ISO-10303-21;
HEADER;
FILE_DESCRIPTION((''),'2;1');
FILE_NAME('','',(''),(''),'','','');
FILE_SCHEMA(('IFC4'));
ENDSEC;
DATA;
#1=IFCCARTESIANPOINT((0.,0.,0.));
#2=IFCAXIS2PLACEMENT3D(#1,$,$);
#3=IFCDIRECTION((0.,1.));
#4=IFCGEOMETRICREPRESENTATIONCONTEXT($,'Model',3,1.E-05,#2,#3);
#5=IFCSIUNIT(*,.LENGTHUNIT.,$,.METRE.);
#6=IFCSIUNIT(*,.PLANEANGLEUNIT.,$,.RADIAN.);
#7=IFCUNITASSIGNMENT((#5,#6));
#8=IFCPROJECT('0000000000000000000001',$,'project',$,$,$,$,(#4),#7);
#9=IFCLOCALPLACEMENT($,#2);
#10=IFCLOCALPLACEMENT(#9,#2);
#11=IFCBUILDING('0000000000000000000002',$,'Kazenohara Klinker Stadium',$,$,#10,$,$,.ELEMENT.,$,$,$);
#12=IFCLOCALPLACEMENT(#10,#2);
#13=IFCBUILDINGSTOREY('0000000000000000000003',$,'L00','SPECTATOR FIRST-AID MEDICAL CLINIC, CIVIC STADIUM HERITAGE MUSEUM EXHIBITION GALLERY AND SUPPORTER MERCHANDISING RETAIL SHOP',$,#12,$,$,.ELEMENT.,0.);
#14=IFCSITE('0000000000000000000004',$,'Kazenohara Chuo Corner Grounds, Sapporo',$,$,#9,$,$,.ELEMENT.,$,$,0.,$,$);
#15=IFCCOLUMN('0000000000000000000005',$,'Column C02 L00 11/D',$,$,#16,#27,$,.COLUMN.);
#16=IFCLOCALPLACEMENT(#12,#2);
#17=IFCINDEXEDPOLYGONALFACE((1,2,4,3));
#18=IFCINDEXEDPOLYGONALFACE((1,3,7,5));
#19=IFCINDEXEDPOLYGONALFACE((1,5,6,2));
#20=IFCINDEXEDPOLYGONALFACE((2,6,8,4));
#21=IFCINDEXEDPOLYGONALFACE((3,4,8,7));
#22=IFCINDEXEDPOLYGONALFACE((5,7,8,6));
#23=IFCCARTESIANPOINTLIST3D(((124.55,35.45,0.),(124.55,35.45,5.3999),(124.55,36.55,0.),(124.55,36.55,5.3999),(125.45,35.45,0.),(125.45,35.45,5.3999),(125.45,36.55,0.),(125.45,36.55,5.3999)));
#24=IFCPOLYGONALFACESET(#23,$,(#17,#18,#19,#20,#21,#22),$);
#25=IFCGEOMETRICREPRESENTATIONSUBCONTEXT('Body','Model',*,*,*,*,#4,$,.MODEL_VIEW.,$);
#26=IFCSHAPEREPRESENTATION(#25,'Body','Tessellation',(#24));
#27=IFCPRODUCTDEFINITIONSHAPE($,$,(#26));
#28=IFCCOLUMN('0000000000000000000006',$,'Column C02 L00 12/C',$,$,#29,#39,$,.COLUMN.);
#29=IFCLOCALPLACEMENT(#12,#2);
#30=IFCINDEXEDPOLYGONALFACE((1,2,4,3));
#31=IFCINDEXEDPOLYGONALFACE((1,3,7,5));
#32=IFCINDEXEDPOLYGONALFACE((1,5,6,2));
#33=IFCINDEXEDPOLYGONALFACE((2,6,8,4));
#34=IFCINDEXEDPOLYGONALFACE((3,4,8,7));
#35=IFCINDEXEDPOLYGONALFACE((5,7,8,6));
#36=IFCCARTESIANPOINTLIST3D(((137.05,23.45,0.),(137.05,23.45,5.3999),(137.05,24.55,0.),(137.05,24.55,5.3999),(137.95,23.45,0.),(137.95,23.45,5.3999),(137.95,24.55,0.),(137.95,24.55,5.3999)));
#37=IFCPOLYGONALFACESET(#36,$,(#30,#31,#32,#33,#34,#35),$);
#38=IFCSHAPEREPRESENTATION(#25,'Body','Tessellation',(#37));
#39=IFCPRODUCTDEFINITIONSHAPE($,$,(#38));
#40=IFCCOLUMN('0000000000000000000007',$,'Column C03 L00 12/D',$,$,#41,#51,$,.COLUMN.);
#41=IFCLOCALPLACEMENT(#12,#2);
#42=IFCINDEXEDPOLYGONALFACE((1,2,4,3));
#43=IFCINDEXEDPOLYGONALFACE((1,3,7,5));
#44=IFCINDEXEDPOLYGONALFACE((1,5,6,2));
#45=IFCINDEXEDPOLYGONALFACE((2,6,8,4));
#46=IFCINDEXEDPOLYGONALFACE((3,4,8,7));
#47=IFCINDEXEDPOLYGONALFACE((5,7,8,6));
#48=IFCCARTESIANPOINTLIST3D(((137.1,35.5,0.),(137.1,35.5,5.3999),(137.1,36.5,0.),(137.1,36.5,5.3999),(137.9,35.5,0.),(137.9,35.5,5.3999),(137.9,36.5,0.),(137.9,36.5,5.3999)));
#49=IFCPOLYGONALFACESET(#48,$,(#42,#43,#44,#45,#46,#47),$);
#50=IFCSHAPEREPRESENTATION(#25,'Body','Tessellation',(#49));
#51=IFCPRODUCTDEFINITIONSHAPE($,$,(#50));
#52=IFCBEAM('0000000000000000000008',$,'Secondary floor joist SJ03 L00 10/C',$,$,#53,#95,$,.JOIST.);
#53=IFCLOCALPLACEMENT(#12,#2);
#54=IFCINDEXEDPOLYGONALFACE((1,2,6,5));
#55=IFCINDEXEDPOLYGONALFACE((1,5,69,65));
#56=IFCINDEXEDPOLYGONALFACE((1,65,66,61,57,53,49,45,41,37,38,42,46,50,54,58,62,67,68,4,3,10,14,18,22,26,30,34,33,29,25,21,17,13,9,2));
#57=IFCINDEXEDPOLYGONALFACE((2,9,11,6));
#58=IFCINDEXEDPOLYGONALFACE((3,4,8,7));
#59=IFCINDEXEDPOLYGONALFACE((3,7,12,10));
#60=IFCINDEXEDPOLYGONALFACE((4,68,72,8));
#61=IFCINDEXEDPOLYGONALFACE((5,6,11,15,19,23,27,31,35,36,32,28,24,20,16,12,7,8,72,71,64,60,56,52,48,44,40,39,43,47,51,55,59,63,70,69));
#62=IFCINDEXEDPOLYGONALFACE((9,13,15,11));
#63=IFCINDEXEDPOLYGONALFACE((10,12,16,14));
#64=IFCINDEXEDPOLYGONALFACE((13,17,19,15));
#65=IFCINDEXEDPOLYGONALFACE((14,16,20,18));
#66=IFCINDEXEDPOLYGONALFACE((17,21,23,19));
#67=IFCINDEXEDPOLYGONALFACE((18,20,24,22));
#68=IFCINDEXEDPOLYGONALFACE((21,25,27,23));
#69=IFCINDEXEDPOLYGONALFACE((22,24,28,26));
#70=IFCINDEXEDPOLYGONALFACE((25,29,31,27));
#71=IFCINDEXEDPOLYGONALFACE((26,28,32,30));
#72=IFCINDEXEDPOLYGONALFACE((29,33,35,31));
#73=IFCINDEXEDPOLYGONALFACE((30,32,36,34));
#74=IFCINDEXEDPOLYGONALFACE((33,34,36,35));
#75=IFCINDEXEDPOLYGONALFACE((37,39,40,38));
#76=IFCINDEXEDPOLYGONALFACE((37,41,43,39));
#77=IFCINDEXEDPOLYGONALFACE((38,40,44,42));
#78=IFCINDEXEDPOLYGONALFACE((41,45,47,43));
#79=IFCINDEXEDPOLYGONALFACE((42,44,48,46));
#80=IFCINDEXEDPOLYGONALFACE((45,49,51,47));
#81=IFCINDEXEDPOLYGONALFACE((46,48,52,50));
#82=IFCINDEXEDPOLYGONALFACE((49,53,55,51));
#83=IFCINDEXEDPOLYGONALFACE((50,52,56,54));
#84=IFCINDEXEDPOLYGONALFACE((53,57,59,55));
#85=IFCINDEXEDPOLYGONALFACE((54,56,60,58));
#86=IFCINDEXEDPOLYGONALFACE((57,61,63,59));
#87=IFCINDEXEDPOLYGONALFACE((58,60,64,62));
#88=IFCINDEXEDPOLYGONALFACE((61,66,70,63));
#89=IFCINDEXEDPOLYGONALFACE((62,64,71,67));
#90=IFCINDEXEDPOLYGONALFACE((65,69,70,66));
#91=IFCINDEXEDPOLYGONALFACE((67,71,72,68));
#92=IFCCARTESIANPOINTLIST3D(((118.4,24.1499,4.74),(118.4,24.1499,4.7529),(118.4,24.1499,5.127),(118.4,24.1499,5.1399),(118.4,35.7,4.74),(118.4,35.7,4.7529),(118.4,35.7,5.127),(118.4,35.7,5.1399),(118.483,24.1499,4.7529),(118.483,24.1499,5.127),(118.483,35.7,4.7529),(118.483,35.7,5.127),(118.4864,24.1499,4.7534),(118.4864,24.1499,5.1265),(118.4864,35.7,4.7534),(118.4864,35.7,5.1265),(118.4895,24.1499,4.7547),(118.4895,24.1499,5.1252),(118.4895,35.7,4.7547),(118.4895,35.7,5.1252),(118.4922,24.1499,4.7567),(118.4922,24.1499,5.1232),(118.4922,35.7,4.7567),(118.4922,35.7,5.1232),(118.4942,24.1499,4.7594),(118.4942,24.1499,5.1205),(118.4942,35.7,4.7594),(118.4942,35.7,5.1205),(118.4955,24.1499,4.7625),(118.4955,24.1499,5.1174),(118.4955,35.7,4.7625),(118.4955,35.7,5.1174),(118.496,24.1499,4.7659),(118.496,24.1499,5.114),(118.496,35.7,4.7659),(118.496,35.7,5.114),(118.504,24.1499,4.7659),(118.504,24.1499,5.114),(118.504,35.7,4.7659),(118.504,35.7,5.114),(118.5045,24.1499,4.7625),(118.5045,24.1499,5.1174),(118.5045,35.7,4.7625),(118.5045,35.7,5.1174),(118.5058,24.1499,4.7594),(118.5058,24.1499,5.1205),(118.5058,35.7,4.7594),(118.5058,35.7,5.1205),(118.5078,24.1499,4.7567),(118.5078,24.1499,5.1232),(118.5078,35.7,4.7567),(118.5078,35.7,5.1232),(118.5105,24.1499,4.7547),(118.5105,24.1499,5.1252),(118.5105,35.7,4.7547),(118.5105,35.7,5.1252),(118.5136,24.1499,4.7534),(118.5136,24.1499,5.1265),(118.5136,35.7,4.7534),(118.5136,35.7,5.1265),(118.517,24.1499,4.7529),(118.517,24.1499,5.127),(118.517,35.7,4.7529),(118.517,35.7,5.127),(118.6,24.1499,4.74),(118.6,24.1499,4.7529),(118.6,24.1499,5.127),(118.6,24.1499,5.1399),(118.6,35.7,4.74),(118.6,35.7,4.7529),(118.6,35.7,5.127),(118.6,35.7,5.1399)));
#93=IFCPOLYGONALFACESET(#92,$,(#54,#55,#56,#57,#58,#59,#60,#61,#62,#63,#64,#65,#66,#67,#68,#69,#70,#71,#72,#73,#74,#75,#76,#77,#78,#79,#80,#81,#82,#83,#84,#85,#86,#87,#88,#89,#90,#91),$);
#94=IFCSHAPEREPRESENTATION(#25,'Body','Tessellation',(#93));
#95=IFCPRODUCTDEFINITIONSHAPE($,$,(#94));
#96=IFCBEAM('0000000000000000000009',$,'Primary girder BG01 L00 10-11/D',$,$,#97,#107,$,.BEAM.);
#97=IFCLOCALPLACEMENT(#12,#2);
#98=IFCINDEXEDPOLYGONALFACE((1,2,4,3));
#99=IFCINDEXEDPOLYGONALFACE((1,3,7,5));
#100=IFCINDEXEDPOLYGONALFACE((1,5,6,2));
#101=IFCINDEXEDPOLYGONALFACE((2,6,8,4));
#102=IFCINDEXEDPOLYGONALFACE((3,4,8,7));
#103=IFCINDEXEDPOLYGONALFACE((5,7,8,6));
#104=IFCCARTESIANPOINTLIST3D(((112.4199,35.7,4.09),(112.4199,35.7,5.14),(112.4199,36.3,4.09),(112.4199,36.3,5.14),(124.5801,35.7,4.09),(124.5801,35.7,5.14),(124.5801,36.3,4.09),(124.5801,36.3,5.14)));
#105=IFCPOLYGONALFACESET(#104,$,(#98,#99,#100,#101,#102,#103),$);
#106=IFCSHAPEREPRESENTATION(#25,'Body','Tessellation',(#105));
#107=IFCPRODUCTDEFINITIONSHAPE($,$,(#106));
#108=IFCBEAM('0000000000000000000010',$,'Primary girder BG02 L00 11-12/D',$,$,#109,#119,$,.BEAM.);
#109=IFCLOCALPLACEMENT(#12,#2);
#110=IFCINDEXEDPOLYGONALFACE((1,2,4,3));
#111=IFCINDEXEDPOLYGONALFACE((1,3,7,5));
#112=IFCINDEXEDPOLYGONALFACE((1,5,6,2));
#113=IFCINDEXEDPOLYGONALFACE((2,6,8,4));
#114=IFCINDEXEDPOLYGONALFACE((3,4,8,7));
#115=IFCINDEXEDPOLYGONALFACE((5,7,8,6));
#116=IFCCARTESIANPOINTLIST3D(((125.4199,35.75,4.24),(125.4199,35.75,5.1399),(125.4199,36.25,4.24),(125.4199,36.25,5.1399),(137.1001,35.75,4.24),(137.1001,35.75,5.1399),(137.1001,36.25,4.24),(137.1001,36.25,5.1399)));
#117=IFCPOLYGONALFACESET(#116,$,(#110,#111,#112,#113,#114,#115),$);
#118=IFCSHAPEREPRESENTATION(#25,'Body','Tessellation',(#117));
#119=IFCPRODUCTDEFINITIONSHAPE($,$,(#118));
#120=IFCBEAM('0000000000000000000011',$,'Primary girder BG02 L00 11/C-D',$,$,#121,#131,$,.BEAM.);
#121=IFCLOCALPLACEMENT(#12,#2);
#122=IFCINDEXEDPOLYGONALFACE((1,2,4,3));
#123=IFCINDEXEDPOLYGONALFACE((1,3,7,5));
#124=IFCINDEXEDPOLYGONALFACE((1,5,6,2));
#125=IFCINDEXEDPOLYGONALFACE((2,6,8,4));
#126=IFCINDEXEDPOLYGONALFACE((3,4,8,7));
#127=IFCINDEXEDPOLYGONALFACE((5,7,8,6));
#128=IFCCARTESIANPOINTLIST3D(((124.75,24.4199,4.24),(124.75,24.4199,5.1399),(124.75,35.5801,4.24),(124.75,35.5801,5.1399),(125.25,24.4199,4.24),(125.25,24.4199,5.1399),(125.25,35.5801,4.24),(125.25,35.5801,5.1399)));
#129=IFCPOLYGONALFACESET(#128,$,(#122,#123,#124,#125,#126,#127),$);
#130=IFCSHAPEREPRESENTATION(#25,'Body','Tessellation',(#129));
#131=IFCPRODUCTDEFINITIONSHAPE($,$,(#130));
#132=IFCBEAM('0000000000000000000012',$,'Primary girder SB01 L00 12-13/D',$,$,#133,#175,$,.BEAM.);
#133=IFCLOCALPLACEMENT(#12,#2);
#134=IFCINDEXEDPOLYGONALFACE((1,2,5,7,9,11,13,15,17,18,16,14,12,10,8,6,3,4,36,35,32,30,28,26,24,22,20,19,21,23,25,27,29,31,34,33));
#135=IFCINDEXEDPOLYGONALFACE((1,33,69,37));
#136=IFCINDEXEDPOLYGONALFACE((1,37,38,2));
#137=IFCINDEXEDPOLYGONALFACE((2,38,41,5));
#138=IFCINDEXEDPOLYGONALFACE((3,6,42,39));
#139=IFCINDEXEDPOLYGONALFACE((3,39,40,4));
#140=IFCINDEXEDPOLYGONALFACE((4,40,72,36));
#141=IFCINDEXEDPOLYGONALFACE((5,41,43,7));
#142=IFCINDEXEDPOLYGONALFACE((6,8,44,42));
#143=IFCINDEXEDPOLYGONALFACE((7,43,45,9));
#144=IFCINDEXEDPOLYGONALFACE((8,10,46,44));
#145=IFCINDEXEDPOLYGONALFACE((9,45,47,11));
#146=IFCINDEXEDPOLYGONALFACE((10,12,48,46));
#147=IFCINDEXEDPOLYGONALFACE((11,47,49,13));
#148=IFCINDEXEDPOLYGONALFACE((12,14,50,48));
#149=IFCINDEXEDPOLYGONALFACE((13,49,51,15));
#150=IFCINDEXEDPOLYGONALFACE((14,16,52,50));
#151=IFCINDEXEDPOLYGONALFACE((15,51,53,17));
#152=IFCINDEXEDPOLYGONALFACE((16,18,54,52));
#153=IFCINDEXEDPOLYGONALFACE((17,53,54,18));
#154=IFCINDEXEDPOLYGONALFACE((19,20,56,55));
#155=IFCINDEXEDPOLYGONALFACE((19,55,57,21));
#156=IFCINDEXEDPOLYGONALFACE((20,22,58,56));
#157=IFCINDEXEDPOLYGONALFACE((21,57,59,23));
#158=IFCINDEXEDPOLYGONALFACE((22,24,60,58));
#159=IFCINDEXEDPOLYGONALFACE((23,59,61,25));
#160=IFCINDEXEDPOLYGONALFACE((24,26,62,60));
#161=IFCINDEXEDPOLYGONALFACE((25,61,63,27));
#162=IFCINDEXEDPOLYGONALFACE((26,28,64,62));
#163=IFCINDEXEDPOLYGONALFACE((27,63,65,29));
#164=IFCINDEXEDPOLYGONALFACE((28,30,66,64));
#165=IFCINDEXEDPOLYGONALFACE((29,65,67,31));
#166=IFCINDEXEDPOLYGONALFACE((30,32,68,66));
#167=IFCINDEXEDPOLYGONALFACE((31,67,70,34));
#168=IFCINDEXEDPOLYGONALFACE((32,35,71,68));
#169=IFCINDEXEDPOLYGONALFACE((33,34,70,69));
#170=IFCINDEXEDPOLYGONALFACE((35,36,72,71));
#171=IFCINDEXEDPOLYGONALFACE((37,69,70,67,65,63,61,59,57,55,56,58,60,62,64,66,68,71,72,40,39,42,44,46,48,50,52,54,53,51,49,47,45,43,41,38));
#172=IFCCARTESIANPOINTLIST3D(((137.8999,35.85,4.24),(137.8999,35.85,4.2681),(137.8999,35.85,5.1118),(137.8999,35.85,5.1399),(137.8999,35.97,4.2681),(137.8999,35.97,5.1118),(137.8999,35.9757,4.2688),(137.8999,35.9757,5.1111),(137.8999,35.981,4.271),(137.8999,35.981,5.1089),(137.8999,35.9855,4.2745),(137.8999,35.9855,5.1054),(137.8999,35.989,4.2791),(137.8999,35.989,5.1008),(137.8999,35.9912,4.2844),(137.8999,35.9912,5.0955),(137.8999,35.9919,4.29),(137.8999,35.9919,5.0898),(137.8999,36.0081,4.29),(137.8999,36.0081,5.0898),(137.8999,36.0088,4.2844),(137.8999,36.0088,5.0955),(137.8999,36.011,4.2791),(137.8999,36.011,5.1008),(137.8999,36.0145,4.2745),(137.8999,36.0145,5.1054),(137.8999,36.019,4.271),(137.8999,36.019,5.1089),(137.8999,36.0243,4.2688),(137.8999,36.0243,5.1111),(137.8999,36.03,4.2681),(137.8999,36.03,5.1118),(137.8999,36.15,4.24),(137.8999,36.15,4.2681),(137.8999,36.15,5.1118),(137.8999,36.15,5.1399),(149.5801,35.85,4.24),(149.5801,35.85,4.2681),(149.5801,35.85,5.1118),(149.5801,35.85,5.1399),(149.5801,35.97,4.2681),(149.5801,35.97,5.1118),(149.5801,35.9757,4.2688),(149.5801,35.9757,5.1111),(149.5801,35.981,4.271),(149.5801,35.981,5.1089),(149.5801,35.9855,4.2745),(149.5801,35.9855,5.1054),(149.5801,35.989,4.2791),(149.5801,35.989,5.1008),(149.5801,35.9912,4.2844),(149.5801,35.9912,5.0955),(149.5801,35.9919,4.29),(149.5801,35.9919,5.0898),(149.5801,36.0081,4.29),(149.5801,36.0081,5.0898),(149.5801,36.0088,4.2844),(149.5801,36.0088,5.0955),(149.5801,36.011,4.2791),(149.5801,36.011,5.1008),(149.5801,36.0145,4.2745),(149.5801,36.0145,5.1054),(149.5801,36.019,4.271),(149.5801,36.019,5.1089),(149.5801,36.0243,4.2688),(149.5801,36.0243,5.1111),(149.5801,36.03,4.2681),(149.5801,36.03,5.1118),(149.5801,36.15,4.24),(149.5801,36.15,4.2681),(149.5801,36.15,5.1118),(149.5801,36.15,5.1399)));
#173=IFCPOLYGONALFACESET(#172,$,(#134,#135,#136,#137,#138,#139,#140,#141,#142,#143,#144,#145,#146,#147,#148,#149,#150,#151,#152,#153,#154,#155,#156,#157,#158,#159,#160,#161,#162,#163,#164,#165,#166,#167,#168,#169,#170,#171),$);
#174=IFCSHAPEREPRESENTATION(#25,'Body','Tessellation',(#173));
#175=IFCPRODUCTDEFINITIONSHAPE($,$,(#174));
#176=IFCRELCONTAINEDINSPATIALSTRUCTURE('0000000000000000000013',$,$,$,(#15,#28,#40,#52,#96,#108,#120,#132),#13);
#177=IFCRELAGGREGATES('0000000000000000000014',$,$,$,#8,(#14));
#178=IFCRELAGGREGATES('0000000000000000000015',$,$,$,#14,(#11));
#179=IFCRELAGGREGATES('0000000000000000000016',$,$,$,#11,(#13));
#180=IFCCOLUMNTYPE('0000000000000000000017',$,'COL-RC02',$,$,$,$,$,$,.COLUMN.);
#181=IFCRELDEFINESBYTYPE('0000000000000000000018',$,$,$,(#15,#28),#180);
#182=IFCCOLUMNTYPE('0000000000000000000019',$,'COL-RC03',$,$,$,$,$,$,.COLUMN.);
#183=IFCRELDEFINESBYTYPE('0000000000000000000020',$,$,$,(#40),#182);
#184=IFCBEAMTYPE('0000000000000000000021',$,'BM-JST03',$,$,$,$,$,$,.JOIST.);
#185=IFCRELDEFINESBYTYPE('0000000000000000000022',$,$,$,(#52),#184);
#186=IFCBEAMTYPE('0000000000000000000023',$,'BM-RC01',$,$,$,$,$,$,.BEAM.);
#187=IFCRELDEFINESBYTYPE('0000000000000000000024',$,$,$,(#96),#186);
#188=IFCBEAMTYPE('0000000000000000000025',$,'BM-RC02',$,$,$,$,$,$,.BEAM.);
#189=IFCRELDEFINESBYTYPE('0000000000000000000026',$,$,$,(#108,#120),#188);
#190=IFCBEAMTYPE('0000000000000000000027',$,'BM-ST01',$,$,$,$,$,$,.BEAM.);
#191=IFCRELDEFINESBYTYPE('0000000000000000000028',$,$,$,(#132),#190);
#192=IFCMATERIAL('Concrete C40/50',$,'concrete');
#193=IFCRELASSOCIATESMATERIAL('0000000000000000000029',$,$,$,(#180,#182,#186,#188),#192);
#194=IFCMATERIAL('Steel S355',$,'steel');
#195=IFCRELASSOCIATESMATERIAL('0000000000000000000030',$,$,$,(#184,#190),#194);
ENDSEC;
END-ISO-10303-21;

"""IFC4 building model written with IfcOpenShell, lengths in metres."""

from ifc_helpers import new_model, si_unit, direction, frame, origin, origin_2d, place, context, subcontext, project, spatial, rectangle, i_section, extrude, material, material_profile, profile_set, type_object, element, save


model = new_model("IFC4")

# Units and contexts
model_context = context("Model", 3, precision=1e-05, world=origin(), true_north=direction((0.0, 1.0)))
body_context = subcontext(model_context, "Body", "Model", "MODEL_VIEW")
ifc_project = project(units=[si_unit("LENGTHUNIT", "METRE"), si_unit("PLANEANGLEUNIT", "RADIAN")], contexts=[model_context])

# Site, building, storey
site_placement = place(None, origin())
site = spatial("IfcSite", under=ifc_project, at=site_placement, Name="Kazenohara Chuo Corner Grounds, Sapporo", CompositionType="ELEMENT", RefElevation=0.0)
building_placement = place(site_placement, origin())
building = spatial("IfcBuilding", under=site, at=building_placement, Name="Kazenohara Klinker Stadium", CompositionType="ELEMENT")
storey_placement = place(building_placement, origin())
storey = spatial("IfcBuildingStorey", under=building, at=storey_placement, Name="L00", Description="SPECTATOR FIRST-AID MEDICAL CLINIC, CIVIC STADIUM HERITAGE MUSEUM EXHIBITION GALLERY AND SUPPORTER MERCHANDISING RETAIL SHOP", CompositionType="ELEMENT", Elevation=0.0)

# Columns
ifc_material_1 = material(Name="Concrete C40/50", Category="concrete")
ifc_material_profile_1 = material_profile(ifc_material_1, rectangle(XDim=0.8999, YDim=1.1001, at=origin_2d()), Name="RC-COL-1100x900")
ifc_profile_set_1 = profile_set([ifc_material_profile_1], Name="Concrete C40/50")
column_type_1 = type_object("IfcColumnType", Name="COL-RC02", PredefinedType="COLUMN", material=ifc_profile_set_1)
for number, where, z_axis, x_axis, name in (
    (1, (125.0, 36.0, 0.0), (0.0, 0.0, 1.0), (1.0, 0.0, 0.0), "Column C02 L00 11/D"),
    (2, (137.5, 24.0, 0.0), (0.0, 0.0, 1.0), (1.0, 0.0, 0.0), "Column C02 L00 12/C"),
):
    element("IfcColumn", number, at=place(storey_placement, frame(where, z_axis=z_axis, x_axis=x_axis)), inside=storey, type_object=column_type_1, Name=name, PredefinedType="COLUMN", context=body_context, shape_type="SweptSolid", body=[
        extrude(rectangle(XDim=0.8999, YDim=1.1001, at=origin_2d()), origin(), (0.0, 0.0, 1.0), 5.3999),
    ])
ifc_material_profile_2 = material_profile(ifc_material_1, rectangle(XDim=0.8, YDim=1.0, at=origin_2d()), Name="RC-COL-1000x800")
ifc_profile_set_2 = profile_set([ifc_material_profile_2], Name="Concrete C40/50")
column_type_2 = type_object("IfcColumnType", Name="COL-RC03", PredefinedType="COLUMN", material=ifc_profile_set_2)
column_placement = place(storey_placement, frame((137.5, 36.0, 0.0), z_axis=(0.0, 0.0, 1.0), x_axis=(1.0, 0.0, 0.0)))
element("IfcColumn", 3, at=column_placement, inside=storey, type_object=column_type_2, Name="Column C03 L00 12/D", PredefinedType="COLUMN", context=body_context, shape_type="SweptSolid", body=[
    extrude(rectangle(XDim=0.8, YDim=1.0, at=origin_2d()), origin(), (0.0, 0.0, 1.0), 5.3999),
])

# Beams
ifc_material_2 = material(Name="Steel S355", Category="steel")
ifc_material_profile_3 = material_profile(ifc_material_2, i_section(OverallWidth=0.2, OverallDepth=0.3999, WebThickness=0.0081, FlangeThickness=0.0129, FilletRadius=0.0129, at=origin_2d()), Name="H-400x200x8x13")
ifc_profile_set_3 = profile_set([ifc_material_profile_3], Name="Steel S355")
beam_type_1 = type_object("IfcBeamType", Name="BM-JST03", PredefinedType="JOIST", material=ifc_profile_set_3)
beam_1_placement = place(storey_placement, frame((118.5, 24.1499, 4.9399), z_axis=(0.0, 1.0, 0.0), x_axis=(-1.0, 0.0, 0.0)))
element("IfcBeam", 4, at=beam_1_placement, inside=storey, type_object=beam_type_1, Name="Secondary floor joist SJ03 L00 10/C", PredefinedType="JOIST", context=body_context, shape_type="SweptSolid", body=[
    extrude(i_section(OverallWidth=0.2, OverallDepth=0.3999, WebThickness=0.0081, FlangeThickness=0.0129, FilletRadius=0.0129, at=origin_2d()), origin(), (0.0, 0.0, 1.0), 11.55),
])
ifc_material_profile_4 = material_profile(ifc_material_1, rectangle(XDim=0.6001, YDim=1.05, at=origin_2d()), Name="RC-BM-600x1050")
ifc_profile_set_4 = profile_set([ifc_material_profile_4], Name="Concrete C40/50")
beam_type_2 = type_object("IfcBeamType", Name="BM-RC01", PredefinedType="BEAM", material=ifc_profile_set_4)
beam_2_placement = place(storey_placement, frame((112.4199, 36.0, 4.615), z_axis=(1.0, 0.0, 0.0), x_axis=(0.0, 1.0, 0.0)))
element("IfcBeam", 5, at=beam_2_placement, inside=storey, type_object=beam_type_2, Name="Primary girder BG01 L00 10-11/D", PredefinedType="BEAM", context=body_context, shape_type="SweptSolid", body=[
    extrude(rectangle(XDim=0.6001, YDim=1.05, at=origin_2d()), origin(), (0.0, 0.0, 1.0), 12.1602),
])
ifc_material_profile_5 = material_profile(ifc_material_1, rectangle(XDim=0.5, YDim=0.8999, at=origin_2d()), Name="RC-BM-500x900")
ifc_profile_set_5 = profile_set([ifc_material_profile_5], Name="Concrete C40/50")
beam_type_3 = type_object("IfcBeamType", Name="BM-RC02", PredefinedType="BEAM", material=ifc_profile_set_5)
beam_3_placement = place(storey_placement, frame((125.4199, 36.0, 4.6899), z_axis=(1.0, 0.0, 0.0), x_axis=(0.0, 1.0, 0.0)))
element("IfcBeam", 6, at=beam_3_placement, inside=storey, type_object=beam_type_3, Name="Primary girder BG02 L00 11-12/D", PredefinedType="BEAM", context=body_context, shape_type="SweptSolid", body=[
    extrude(rectangle(XDim=0.5, YDim=0.8999, at=origin_2d()), origin(), (0.0, 0.0, 1.0), 11.6802),
])
beam_4_placement = place(storey_placement, frame((125.0, 24.4199, 4.6899), z_axis=(0.0, 1.0, 0.0), x_axis=(-1.0, 0.0, 0.0)))
element("IfcBeam", 7, at=beam_4_placement, inside=storey, type_object=beam_type_3, Name="Primary girder BG02 L00 11/C-D", PredefinedType="BEAM", context=body_context, shape_type="SweptSolid", body=[
    extrude(rectangle(XDim=0.5, YDim=0.8999, at=origin_2d()), origin(), (0.0, 0.0, 1.0), 11.1602),
])
ifc_material_profile_6 = material_profile(ifc_material_2, i_section(OverallWidth=0.3, OverallDepth=0.8999, WebThickness=0.0161, FlangeThickness=0.0281, FilletRadius=0.022, at=origin_2d()), Name="H-900x300x16x28")
ifc_profile_set_6 = profile_set([ifc_material_profile_6], Name="Steel S355")
beam_type_4 = type_object("IfcBeamType", Name="BM-ST01", PredefinedType="BEAM", material=ifc_profile_set_6)
beam_5_placement = place(storey_placement, frame((137.8999, 36.0, 4.6899), z_axis=(1.0, 0.0, 0.0), x_axis=(0.0, 1.0, 0.0)))
element("IfcBeam", 8, at=beam_5_placement, inside=storey, type_object=beam_type_4, Name="Primary girder SB01 L00 12-13/D", PredefinedType="BEAM", context=body_context, shape_type="SweptSolid", body=[
    extrude(i_section(OverallWidth=0.3, OverallDepth=0.8999, WebThickness=0.0161, FlangeThickness=0.0281, FilletRadius=0.022, at=origin_2d()), origin(), (0.0, 0.0, 1.0), 11.6802),
])

save(model, "model.ifc")
